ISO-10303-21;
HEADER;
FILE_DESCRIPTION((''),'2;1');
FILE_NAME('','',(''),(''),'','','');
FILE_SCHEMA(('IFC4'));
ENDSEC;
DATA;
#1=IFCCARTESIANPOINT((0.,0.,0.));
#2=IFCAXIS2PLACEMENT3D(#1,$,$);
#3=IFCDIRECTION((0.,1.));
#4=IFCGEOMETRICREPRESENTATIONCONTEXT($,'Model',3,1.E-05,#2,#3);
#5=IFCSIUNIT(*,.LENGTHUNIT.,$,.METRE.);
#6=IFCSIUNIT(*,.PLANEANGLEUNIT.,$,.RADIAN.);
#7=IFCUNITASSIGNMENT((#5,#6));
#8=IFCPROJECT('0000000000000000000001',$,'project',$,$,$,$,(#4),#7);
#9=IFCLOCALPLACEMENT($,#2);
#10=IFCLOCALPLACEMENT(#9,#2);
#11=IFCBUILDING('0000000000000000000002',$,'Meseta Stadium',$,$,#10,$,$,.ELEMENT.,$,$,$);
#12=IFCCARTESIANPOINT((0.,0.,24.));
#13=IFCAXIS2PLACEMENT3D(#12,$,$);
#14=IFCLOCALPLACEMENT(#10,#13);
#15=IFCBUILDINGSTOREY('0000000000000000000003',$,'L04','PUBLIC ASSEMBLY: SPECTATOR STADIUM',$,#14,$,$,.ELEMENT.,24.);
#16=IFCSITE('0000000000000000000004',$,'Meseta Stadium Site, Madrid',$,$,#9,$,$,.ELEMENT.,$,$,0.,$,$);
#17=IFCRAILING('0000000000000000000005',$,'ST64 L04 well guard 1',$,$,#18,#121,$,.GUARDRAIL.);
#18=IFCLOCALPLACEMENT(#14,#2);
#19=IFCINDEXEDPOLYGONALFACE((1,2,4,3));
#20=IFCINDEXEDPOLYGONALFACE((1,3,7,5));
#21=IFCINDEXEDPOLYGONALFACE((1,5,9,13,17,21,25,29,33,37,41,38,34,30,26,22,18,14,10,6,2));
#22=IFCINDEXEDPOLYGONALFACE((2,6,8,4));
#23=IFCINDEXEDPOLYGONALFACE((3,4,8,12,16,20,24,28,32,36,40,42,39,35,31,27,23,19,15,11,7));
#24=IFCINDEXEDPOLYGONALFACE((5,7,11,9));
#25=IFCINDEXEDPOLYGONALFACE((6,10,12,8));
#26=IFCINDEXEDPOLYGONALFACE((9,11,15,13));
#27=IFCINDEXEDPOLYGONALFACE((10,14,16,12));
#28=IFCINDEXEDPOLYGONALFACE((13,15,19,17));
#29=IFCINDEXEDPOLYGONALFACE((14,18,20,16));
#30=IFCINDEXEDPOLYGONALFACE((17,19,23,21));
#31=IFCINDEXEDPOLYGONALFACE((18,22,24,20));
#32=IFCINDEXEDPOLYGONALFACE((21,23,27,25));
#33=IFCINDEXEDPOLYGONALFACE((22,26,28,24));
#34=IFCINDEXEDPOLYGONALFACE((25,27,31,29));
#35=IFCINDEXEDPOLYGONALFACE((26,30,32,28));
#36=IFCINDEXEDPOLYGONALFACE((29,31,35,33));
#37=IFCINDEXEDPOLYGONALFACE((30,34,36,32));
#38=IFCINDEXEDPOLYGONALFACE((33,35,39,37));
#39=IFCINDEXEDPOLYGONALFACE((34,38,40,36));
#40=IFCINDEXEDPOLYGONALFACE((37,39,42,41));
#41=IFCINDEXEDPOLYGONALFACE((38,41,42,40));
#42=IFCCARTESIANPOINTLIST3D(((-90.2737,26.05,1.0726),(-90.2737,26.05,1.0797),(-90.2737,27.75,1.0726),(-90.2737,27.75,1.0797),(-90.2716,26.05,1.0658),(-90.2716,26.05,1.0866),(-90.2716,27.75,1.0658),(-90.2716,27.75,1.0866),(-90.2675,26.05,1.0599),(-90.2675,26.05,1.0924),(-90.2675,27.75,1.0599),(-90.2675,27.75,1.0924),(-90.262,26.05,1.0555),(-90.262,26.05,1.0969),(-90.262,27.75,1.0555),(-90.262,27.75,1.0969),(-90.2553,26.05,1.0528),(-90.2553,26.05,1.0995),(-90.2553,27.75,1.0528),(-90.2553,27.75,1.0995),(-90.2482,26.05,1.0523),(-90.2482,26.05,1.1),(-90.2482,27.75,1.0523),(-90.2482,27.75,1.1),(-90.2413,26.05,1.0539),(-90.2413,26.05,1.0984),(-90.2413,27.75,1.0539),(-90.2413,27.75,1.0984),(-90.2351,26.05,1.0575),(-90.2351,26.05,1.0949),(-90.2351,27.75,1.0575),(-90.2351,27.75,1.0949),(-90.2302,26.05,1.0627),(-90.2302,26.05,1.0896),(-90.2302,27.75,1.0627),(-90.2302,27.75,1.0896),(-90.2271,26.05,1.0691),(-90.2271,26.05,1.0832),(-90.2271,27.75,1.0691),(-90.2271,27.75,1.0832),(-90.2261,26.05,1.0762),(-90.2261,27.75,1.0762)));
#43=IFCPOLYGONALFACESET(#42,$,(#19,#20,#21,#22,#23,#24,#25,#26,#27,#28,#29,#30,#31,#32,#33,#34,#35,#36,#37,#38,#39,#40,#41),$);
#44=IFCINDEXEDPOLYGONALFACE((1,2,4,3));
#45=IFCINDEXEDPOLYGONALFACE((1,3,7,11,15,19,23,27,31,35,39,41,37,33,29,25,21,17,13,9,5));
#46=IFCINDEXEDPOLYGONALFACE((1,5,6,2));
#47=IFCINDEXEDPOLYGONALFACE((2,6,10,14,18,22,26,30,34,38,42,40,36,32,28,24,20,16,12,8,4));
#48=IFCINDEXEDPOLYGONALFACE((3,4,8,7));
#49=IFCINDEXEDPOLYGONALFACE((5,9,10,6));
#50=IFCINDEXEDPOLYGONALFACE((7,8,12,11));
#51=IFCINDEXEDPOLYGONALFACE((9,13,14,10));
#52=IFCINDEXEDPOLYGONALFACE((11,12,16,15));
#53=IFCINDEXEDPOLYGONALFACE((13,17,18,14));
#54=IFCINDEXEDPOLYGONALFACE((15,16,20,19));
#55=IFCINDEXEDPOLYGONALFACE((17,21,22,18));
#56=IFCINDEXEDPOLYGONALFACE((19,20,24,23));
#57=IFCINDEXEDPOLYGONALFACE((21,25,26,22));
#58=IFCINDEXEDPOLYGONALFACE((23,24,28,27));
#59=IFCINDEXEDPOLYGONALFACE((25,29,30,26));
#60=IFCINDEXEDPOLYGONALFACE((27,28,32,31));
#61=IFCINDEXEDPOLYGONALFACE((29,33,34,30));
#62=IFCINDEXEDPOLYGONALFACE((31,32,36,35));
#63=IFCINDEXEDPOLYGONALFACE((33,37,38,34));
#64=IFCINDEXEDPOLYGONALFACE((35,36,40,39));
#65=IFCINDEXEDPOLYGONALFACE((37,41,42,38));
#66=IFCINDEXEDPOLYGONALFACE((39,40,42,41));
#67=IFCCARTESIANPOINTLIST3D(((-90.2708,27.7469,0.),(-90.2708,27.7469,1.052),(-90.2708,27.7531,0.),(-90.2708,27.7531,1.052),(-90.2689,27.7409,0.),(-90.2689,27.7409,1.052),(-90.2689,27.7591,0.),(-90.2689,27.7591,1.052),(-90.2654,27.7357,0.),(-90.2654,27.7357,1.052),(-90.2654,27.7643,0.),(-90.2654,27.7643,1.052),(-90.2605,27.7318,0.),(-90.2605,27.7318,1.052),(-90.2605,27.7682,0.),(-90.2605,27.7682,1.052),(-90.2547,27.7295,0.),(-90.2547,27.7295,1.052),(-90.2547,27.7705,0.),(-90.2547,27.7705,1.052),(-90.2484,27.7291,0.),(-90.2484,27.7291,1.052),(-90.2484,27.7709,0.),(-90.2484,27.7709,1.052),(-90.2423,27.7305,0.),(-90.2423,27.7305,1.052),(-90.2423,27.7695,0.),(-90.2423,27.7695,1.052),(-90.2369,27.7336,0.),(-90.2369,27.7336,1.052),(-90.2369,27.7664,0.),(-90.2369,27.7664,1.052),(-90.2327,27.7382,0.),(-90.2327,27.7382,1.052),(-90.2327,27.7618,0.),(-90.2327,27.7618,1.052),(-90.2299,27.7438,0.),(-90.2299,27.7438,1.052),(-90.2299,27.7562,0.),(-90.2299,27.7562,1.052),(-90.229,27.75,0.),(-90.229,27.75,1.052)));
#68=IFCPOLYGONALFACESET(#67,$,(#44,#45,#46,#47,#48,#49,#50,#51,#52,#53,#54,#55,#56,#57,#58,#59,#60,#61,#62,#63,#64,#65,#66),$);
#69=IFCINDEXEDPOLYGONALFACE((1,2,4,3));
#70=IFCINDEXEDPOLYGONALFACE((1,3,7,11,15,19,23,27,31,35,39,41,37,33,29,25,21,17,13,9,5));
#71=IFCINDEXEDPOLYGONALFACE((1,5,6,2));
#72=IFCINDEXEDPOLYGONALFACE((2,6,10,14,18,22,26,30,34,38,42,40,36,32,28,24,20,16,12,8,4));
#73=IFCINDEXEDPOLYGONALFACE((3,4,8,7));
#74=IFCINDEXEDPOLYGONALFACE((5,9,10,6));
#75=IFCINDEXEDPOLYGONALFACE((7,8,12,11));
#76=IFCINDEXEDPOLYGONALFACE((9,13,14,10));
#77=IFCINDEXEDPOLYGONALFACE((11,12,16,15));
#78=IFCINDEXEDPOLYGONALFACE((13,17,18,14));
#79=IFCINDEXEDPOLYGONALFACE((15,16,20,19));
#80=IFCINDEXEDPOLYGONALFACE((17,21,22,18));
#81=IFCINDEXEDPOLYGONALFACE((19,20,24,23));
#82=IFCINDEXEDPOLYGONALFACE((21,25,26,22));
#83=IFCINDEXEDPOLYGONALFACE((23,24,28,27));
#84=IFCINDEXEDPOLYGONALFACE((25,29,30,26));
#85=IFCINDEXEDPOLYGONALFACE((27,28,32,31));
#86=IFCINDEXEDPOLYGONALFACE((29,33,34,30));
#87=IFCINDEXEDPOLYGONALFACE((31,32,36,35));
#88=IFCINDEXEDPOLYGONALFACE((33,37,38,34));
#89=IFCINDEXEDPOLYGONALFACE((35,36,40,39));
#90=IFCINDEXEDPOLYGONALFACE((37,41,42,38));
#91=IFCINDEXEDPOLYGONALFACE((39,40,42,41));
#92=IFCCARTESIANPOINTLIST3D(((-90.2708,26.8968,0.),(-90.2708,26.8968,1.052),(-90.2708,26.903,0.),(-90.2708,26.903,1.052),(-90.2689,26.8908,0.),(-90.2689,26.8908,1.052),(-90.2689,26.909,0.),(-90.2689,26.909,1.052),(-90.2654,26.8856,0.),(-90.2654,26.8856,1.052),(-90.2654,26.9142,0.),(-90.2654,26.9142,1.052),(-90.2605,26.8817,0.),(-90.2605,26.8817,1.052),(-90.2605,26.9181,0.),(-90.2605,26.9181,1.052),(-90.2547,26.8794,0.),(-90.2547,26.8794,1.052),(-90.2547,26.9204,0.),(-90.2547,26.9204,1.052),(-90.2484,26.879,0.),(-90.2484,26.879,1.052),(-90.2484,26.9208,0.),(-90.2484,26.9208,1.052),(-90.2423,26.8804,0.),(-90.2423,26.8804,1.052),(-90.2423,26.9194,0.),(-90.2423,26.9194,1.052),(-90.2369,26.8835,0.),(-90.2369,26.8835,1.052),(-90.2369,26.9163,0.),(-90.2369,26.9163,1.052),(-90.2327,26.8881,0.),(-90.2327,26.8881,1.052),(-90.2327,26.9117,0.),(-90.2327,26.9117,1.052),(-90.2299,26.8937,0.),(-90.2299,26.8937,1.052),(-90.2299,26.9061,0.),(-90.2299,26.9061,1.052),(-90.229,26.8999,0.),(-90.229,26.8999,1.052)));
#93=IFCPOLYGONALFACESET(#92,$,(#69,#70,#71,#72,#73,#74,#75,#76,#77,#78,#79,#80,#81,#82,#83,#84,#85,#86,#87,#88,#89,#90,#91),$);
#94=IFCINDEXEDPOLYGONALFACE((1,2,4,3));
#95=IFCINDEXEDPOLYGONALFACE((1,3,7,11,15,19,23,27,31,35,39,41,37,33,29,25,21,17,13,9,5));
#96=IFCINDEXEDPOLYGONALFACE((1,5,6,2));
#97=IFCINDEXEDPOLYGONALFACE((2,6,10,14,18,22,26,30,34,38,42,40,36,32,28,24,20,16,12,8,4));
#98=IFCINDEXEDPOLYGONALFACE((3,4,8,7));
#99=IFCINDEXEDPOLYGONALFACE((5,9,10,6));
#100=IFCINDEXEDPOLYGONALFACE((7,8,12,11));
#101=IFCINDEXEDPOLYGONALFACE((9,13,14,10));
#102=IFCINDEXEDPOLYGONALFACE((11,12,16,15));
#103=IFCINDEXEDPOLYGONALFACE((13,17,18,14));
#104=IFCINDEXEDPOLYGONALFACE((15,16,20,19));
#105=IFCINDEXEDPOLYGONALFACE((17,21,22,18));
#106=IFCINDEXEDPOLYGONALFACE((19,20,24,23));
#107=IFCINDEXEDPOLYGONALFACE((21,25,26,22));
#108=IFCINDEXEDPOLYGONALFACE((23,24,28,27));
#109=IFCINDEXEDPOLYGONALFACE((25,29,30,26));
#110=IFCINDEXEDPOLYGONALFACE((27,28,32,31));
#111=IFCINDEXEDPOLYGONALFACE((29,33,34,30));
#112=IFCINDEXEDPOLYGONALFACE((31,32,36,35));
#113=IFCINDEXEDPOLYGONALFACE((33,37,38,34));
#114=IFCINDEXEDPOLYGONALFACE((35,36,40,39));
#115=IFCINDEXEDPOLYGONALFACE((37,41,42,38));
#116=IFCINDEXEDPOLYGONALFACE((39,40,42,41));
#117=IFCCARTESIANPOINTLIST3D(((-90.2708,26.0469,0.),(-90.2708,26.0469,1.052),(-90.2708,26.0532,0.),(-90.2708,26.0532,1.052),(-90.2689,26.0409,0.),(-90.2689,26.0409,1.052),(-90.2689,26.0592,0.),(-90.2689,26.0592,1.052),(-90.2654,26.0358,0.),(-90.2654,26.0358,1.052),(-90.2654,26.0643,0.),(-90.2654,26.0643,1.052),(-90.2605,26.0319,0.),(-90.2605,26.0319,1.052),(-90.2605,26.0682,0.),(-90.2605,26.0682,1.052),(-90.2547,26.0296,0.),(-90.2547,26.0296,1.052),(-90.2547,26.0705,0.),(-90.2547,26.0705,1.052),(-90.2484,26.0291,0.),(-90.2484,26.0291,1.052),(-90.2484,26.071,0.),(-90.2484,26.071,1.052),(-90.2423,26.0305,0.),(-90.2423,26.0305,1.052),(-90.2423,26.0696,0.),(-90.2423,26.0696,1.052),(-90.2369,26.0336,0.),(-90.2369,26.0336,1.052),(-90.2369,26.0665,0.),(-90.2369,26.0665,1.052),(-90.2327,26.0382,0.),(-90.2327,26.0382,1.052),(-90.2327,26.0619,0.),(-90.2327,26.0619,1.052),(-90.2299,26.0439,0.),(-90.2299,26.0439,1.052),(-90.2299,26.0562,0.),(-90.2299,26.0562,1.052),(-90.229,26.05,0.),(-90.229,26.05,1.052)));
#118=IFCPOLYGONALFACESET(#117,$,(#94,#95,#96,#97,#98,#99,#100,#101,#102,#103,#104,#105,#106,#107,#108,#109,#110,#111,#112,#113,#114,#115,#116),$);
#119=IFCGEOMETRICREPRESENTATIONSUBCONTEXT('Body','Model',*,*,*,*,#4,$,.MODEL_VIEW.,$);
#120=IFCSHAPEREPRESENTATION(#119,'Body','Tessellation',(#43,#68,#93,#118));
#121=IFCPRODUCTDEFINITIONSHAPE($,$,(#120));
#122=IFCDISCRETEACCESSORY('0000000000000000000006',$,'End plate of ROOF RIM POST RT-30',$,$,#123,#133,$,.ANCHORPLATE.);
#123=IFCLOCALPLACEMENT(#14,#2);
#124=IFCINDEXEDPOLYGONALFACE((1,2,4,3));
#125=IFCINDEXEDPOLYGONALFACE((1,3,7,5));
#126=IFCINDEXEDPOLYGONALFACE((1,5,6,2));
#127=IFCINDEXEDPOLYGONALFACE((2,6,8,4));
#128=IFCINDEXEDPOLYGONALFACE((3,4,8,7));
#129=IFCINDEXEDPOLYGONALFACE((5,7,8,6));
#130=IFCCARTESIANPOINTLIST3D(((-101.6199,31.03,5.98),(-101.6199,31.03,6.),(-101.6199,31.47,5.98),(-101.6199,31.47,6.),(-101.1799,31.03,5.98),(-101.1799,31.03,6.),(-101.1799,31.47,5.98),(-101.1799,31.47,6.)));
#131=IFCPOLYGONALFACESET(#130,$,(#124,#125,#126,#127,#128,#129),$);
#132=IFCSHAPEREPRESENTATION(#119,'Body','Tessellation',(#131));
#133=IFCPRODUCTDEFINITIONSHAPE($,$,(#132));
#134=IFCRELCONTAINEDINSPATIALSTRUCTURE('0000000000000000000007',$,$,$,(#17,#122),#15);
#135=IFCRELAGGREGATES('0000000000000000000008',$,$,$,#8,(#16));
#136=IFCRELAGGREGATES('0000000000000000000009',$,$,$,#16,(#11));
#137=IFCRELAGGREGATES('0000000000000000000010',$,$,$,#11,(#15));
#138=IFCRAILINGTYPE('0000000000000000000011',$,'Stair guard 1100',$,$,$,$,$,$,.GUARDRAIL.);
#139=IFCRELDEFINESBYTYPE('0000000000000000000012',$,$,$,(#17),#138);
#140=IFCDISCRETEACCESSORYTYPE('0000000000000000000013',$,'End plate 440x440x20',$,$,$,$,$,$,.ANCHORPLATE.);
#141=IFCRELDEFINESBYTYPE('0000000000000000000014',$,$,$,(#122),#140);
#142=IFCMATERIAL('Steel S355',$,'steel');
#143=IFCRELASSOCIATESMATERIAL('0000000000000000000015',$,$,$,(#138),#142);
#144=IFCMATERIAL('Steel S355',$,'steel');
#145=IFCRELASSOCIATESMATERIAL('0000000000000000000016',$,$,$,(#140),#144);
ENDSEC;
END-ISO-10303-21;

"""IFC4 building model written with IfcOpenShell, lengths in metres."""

from ifc_helpers import new_model, si_unit, direction, frame, origin, origin_2d, place, context, subcontext, project, spatial, rectangle, circle, extrude, material, material_profile, profile_set, type_object, element, save


model = new_model("IFC4")

# Units and contexts
model_context = context("Model", 3, precision=1e-05, world=origin(), true_north=direction((0.0, 1.0)))
body_context = subcontext(model_context, "Body", "Model", "MODEL_VIEW")
ifc_project = project(units=[si_unit("LENGTHUNIT", "METRE"), si_unit("PLANEANGLEUNIT", "RADIAN")], contexts=[model_context])

# Site, building, storey
site_placement = place(None, origin())
site = spatial("IfcSite", under=ifc_project, at=site_placement, Name="Meseta Stadium Site, Madrid", CompositionType="ELEMENT", RefElevation=0.0)
building_placement = place(site_placement, origin())
building = spatial("IfcBuilding", under=site, at=building_placement, Name="Meseta Stadium", CompositionType="ELEMENT")
storey_placement = place(building_placement, frame((0.0, 0.0, 24.0)))
storey = spatial("IfcBuildingStorey", under=building, at=storey_placement, Name="L04", Description="PUBLIC ASSEMBLY: SPECTATOR STADIUM", CompositionType="ELEMENT", Elevation=24.0)

# Railing
ifc_material_1 = material(Name="Steel S355", Category="steel")
railing_type = type_object("IfcRailingType", Name="Stair guard 1100", PredefinedType="GUARDRAIL", material=ifc_material_1)
for number, where, name in (
    (1, (-90.25, 27.75, 0.0), "ST64 L04 well guard 1"),
):
    element("IfcRailing", number, at=place(storey_placement, frame(where)), inside=storey, type_object=railing_type, Name=name, PredefinedType="GUARDRAIL", context=body_context, shape_type="SweptSolid", body=[
        extrude(circle(Radius=0.0239, at=origin_2d()), frame((0.0, 0.0, 1.0762), z_axis=(0.0, -1.0, 0.0), x_axis=(1.0, 0.0, 0.0)), (0.0, 0.0, 1.0), 1.7),
        extrude(circle(Radius=0.021, at=origin_2d()), origin(), (0.0, 0.0, 1.0), 1.052),
        extrude(circle(Radius=0.021, at=origin_2d()), frame((0.0, -0.8501, 0.0)), (0.0, 0.0, 1.0), 1.052),
        extrude(circle(Radius=0.021, at=origin_2d()), frame((0.0, -1.7, 0.0)), (0.0, 0.0, 1.0), 1.052),
    ])

# Discrete accessory
ifc_material_2 = material(Name="Steel S355", Category="steel")
ifc_material_profile_1 = material_profile(ifc_material_2, rectangle(XDim=0.4399, YDim=0.4399, at=origin_2d()), Name="PL 440x440")
ifc_profile_set_1 = profile_set([ifc_material_profile_1], Name="Steel S355")
discrete_accessory_type = type_object("IfcDiscreteAccessoryType", Name="End plate 440x440x20", PredefinedType="ANCHORPLATE", material=ifc_profile_set_1)
discrete_accessory_placement = place(storey_placement, frame((-101.3999, 31.25, 5.98), z_axis=(0.0, 0.0, 1.0), x_axis=(1.0, 0.0, 0.0)))
element("IfcDiscreteAccessory", 2, at=discrete_accessory_placement, inside=storey, type_object=discrete_accessory_type, Name="End plate of ROOF RIM POST RT-30", PredefinedType="ANCHORPLATE", context=body_context, shape_type="SweptSolid", body=[
    extrude(rectangle(XDim=0.4399, YDim=0.4399, at=origin_2d()), origin(), (0.0, 0.0, 1.0), 0.02),
])

save(model, "model.ifc")
